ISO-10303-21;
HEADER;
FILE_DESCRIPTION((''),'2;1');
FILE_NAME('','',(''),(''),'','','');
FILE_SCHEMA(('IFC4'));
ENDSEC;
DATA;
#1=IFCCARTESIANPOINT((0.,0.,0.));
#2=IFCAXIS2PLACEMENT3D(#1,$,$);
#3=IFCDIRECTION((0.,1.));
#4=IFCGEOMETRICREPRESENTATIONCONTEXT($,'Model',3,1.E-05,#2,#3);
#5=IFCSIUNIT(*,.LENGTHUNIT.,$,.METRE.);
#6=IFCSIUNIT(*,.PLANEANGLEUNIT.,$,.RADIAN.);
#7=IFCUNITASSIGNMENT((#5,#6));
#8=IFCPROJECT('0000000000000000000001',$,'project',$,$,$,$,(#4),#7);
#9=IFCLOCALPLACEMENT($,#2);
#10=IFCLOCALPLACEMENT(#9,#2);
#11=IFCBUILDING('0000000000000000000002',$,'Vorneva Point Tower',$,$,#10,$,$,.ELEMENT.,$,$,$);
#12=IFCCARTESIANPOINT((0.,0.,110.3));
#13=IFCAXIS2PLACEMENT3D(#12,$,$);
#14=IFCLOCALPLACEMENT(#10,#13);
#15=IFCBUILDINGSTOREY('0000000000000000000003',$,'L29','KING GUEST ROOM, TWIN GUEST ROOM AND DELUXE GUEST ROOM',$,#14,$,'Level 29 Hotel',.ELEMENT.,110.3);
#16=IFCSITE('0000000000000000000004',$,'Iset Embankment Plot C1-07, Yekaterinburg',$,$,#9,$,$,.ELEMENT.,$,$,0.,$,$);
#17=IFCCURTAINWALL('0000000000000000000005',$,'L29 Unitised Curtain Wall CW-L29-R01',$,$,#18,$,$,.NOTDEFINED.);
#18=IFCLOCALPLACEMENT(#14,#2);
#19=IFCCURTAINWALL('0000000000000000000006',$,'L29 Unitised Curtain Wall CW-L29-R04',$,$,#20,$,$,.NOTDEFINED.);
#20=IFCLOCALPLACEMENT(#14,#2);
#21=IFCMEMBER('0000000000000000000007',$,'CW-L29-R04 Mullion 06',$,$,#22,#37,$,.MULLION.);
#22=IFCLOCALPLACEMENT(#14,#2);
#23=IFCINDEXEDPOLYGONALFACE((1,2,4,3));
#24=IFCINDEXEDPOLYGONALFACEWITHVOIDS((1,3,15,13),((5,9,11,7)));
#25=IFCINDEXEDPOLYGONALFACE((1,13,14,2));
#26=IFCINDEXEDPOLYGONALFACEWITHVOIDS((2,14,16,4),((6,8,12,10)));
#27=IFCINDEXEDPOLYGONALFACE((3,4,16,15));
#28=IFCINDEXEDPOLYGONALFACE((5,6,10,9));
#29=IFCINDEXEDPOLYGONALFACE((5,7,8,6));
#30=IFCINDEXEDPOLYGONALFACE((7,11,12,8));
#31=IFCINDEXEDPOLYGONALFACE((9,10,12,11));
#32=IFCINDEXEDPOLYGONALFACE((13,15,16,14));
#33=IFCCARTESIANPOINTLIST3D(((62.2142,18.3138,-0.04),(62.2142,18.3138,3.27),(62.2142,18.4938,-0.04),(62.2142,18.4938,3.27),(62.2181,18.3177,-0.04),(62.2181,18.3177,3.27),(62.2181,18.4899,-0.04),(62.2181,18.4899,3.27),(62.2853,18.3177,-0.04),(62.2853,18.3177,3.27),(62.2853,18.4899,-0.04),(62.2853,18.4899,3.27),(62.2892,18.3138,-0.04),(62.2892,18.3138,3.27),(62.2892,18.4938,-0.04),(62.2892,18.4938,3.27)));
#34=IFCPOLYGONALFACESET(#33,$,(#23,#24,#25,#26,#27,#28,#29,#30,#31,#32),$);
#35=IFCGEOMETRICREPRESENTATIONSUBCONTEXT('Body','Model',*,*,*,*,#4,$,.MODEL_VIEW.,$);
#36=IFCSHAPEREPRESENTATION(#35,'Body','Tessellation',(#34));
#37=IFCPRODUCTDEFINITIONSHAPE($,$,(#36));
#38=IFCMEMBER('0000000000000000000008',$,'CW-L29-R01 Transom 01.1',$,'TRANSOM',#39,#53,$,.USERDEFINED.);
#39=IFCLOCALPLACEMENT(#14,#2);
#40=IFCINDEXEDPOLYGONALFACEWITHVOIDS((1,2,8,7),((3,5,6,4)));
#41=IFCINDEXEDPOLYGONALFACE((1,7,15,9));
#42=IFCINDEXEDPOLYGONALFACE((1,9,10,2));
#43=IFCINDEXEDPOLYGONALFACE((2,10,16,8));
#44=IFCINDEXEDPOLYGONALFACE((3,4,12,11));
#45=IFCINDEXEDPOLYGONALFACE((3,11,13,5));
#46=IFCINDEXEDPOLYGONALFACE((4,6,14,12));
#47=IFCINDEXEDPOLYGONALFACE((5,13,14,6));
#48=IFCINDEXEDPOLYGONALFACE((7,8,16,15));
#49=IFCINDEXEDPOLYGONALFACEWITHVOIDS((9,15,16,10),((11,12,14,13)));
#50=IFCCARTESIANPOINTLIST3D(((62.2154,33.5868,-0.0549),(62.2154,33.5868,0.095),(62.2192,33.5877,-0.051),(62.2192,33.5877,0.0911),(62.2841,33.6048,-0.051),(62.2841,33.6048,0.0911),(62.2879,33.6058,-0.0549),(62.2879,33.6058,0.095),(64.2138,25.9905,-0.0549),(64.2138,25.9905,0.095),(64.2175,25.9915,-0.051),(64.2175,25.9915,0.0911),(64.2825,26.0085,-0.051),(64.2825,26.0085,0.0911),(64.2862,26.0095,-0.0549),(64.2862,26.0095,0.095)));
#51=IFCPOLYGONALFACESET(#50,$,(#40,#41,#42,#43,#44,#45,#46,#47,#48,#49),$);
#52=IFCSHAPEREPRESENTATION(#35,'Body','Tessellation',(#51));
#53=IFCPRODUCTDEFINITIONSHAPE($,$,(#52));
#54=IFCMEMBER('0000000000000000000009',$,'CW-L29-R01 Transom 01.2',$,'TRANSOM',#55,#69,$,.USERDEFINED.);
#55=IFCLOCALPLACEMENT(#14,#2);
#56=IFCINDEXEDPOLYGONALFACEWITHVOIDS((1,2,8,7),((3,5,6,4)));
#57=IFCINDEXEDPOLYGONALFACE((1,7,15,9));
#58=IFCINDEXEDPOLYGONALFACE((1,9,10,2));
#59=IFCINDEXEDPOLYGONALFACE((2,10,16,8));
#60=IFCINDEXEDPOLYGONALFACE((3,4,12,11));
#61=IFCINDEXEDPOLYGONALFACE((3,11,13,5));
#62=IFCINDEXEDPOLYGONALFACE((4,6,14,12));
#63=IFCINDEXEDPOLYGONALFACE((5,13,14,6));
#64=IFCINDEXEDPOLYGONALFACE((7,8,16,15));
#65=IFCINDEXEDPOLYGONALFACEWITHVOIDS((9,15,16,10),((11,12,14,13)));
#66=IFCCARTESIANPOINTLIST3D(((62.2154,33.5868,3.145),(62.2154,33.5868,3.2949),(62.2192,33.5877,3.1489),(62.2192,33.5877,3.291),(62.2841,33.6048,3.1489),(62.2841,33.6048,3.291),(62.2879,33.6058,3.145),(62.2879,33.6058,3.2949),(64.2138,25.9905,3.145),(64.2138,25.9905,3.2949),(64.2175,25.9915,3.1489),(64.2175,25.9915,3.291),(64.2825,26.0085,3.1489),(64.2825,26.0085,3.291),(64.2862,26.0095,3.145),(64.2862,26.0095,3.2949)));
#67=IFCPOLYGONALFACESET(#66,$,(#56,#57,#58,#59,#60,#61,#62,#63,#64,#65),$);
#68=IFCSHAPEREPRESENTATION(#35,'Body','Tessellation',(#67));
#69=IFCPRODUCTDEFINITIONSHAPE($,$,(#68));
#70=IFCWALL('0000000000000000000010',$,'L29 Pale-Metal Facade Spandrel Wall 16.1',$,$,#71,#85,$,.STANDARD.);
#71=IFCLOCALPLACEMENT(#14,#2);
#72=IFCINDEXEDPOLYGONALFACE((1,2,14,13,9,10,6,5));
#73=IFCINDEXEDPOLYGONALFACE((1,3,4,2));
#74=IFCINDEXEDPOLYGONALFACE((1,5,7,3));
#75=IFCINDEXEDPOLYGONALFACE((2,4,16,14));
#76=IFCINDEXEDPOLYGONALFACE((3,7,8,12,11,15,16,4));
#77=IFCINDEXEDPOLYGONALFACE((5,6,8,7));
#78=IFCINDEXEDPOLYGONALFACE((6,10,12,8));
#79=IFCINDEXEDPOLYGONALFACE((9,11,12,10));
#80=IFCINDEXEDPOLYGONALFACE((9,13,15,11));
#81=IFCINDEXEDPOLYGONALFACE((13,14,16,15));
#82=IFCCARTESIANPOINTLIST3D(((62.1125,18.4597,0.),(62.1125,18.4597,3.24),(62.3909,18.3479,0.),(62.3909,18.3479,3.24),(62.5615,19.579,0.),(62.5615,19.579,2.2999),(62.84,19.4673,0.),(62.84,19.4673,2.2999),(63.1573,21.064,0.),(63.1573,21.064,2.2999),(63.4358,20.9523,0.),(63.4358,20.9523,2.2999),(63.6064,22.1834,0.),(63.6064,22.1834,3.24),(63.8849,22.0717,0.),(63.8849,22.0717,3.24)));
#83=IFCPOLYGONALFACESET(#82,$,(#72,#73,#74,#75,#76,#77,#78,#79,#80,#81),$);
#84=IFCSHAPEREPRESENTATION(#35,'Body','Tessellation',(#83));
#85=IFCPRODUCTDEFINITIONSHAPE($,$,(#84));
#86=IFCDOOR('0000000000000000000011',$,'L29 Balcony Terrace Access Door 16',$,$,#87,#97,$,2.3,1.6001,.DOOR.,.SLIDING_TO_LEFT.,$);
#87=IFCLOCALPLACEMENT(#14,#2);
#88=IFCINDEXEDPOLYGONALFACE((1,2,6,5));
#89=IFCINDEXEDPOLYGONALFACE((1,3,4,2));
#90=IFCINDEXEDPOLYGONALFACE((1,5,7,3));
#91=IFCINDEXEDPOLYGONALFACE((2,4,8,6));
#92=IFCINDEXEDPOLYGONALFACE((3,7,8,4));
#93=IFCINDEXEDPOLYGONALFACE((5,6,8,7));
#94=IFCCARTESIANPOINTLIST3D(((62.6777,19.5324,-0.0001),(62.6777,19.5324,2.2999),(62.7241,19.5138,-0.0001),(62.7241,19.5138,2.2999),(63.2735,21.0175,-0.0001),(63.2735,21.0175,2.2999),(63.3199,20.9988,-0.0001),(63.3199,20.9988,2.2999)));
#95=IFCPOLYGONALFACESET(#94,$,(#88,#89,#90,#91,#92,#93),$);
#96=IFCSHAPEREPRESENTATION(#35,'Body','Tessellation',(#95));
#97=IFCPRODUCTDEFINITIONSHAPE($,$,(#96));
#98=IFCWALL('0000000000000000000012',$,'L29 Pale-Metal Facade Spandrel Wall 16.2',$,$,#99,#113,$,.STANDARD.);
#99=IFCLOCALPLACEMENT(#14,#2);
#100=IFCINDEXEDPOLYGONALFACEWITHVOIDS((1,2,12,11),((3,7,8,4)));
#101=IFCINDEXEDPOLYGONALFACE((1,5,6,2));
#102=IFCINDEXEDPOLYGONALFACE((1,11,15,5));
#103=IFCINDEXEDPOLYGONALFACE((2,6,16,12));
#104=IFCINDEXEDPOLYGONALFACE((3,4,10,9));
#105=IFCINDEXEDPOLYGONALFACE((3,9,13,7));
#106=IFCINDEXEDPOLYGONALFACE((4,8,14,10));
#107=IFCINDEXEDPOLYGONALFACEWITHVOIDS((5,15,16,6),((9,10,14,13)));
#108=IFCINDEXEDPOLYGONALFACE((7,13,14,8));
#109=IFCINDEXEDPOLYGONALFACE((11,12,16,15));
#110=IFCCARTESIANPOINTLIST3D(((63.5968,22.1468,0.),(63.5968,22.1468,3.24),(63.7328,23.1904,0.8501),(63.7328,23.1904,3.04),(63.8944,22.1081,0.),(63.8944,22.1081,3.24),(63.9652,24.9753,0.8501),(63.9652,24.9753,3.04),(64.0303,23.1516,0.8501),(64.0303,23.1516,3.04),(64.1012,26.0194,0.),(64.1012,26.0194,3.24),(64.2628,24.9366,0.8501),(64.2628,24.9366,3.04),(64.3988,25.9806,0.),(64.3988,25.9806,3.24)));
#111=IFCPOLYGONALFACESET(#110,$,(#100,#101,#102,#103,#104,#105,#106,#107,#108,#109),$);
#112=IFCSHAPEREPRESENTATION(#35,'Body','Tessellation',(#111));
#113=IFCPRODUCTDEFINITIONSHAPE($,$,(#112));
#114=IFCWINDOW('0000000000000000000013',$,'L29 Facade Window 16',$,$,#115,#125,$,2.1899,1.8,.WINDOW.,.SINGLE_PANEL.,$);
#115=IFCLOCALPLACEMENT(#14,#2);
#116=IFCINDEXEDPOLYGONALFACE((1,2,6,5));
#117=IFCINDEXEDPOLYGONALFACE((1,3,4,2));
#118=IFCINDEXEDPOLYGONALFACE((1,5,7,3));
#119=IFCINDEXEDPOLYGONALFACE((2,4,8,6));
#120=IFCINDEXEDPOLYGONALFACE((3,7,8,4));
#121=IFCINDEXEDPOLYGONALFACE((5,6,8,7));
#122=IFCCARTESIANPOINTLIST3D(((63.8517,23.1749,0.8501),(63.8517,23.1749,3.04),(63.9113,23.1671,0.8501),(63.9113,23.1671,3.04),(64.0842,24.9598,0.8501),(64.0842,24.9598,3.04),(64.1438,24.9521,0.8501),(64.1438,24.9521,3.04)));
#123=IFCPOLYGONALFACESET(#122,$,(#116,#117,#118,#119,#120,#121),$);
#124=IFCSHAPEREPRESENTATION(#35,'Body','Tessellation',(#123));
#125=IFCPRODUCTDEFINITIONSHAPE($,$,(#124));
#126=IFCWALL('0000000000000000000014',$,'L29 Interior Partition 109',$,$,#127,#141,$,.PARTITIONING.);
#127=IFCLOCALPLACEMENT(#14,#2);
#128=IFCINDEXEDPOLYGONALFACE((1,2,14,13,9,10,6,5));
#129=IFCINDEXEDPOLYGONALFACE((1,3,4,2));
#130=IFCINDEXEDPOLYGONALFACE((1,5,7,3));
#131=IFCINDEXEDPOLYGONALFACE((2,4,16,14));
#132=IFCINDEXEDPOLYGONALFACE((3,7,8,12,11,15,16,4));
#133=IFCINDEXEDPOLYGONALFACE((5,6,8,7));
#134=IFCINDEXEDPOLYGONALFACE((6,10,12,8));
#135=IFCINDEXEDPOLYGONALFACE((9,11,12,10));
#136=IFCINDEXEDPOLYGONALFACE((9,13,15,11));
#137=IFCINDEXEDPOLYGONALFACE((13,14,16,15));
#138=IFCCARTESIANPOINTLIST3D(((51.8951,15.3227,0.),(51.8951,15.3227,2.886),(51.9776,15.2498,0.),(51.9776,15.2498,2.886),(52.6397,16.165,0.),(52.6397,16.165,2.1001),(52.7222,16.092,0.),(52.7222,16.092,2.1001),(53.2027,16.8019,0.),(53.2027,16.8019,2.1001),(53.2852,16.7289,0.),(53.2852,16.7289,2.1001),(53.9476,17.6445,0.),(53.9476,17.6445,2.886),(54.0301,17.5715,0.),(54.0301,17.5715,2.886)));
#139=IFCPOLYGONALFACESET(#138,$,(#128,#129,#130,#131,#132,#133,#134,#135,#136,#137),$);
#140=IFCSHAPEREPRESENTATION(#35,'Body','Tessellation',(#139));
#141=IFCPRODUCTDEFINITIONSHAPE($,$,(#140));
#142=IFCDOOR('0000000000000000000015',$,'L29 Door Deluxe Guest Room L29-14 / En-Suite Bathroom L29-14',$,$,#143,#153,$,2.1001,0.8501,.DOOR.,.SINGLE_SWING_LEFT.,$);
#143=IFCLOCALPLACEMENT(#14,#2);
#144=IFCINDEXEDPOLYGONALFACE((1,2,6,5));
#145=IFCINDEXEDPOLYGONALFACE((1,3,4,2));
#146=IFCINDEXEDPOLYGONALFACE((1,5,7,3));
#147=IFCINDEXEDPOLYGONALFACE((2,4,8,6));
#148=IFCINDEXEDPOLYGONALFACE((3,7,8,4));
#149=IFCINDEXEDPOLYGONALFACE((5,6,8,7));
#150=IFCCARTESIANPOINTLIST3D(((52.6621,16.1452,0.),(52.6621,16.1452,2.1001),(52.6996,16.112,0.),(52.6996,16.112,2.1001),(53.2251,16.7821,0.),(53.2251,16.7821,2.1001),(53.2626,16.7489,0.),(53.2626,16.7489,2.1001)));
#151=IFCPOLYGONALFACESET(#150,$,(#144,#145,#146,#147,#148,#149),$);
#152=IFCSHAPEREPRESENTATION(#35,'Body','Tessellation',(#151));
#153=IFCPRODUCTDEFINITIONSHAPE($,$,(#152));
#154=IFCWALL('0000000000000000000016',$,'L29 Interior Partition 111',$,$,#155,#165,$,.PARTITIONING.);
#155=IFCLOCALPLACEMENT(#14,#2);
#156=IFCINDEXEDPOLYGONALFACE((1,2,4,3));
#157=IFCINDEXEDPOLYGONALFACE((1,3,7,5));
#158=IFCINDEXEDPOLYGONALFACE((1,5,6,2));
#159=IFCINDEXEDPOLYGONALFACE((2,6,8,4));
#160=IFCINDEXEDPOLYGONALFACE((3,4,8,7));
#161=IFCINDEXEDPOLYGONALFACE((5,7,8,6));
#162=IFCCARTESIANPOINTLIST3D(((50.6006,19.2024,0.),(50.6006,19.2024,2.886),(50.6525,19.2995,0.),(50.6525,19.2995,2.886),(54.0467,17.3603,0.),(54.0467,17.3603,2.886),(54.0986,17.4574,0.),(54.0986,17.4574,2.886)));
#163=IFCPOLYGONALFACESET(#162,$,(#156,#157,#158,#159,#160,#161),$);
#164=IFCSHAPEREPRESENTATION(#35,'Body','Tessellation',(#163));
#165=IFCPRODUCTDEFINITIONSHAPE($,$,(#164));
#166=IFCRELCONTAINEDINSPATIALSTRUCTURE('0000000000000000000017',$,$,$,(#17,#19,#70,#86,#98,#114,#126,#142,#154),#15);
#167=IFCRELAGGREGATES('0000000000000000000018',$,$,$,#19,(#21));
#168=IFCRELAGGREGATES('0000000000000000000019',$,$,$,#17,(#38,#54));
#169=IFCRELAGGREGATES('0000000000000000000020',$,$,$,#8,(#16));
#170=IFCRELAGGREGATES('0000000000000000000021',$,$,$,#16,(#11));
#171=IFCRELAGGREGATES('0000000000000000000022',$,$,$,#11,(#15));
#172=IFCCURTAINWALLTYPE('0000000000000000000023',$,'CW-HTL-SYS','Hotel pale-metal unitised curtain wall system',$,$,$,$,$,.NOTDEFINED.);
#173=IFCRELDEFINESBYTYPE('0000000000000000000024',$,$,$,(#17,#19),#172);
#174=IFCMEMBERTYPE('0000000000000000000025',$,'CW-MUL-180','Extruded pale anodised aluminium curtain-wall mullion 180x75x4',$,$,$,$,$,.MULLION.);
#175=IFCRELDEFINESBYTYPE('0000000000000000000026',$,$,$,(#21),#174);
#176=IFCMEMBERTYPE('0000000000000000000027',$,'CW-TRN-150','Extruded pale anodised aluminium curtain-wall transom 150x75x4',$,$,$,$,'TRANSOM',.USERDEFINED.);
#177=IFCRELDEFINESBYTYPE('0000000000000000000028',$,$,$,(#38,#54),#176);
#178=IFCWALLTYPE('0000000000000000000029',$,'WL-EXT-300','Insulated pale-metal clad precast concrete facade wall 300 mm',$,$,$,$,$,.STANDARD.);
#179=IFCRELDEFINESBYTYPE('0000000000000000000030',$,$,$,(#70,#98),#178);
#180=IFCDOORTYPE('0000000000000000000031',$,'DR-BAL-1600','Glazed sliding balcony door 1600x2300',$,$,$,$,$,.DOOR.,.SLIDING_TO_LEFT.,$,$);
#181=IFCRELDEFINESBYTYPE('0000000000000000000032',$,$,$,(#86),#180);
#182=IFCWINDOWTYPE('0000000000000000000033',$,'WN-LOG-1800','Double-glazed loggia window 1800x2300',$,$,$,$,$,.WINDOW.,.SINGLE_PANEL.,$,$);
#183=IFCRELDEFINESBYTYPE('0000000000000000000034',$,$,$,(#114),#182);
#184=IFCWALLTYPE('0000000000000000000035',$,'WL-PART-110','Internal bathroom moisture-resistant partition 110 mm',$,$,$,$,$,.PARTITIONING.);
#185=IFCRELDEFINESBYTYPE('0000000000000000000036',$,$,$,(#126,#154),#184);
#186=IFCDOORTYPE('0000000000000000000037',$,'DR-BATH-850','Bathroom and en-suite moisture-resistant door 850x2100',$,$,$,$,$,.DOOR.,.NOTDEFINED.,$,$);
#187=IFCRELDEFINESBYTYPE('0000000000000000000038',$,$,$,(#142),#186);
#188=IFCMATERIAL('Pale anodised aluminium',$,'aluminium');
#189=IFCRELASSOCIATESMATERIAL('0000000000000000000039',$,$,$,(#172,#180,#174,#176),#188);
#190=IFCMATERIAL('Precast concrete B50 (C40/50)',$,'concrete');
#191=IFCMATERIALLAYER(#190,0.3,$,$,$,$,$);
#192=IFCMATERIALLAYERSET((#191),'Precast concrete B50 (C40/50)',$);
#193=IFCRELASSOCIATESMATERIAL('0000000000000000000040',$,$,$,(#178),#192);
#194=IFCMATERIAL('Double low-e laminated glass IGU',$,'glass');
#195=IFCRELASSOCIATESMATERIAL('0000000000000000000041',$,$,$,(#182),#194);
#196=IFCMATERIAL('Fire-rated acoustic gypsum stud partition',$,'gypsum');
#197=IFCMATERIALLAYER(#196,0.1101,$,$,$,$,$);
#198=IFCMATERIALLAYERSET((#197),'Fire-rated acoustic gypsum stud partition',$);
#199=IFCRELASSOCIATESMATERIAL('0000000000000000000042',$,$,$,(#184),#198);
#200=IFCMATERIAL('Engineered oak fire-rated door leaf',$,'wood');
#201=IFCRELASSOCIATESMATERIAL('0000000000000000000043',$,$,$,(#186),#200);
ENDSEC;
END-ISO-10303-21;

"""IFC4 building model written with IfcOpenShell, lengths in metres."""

from ifc_helpers import new_model, si_unit, direction, frame, frame_2d, origin, origin_2d, place, context, subcontext, project, spatial, rectangle, hollow_rectangle, extrude, material, layer, layer_set, material_profile, profile_set, type_object, element, fill, aggregate, save


model = new_model("IFC4")

# Units and contexts
model_context = context("Model", 3, precision=1e-05, world=origin(), true_north=direction((0.0, 1.0)))
body_context = subcontext(model_context, "Body", "Model", "MODEL_VIEW")
ifc_project = project(units=[si_unit("LENGTHUNIT", "METRE"), si_unit("PLANEANGLEUNIT", "RADIAN")], contexts=[model_context])

# Site, building, storey
site_placement = place(None, origin())
site = spatial("IfcSite", under=ifc_project, at=site_placement, Name="Iset Embankment Plot C1-07, Yekaterinburg", CompositionType="ELEMENT", RefElevation=0.0)
building_placement = place(site_placement, origin())
building = spatial("IfcBuilding", under=site, at=building_placement, Name="Vorneva Point Tower", CompositionType="ELEMENT")
storey_placement = place(building_placement, frame((0.0, 0.0, 110.3)))
storey = spatial("IfcBuildingStorey", under=building, at=storey_placement, Name="L29", Description="KING GUEST ROOM, TWIN GUEST ROOM AND DELUXE GUEST ROOM", LongName="Level 29 Hotel", CompositionType="ELEMENT", Elevation=110.3)

# Curtain walls, member
ifc_material_1 = material(Name="Pale anodised aluminium", Category="aluminium")
curtain_wall_type = type_object("IfcCurtainWallType", Name="CW-HTL-SYS", Description="Hotel pale-metal unitised curtain wall system", PredefinedType="NOTDEFINED", material=ifc_material_1)
curtain_wall_1_placement = place(storey_placement, origin())
curtain_wall_1 = element("IfcCurtainWall", 1, at=curtain_wall_1_placement, inside=storey, type_object=curtain_wall_type, Name="L29 Unitised Curtain Wall CW-L29-R01", PredefinedType="NOTDEFINED")
ifc_material_profile_1 = material_profile(ifc_material_1, hollow_rectangle(XDim=0.075, YDim=0.1799, WallThickness=0.0039, at=origin_2d()), Name="AL-MUL 180x75x4")
ifc_profile_set_1 = profile_set([ifc_material_profile_1], Name="Pale anodised aluminium")
member_type_1 = type_object("IfcMemberType", Name="CW-MUL-180", Description="Extruded pale anodised aluminium curtain-wall mullion 180x75x4", PredefinedType="MULLION", material=ifc_profile_set_1)
curtain_wall_2_placement = place(storey_placement, origin())
curtain_wall_2 = element("IfcCurtainWall", 2, at=curtain_wall_2_placement, inside=storey, type_object=curtain_wall_type, Name="L29 Unitised Curtain Wall CW-L29-R04", PredefinedType="NOTDEFINED")
member_1_placement = place(storey_placement, frame((62.2517, 18.4038, -0.04), z_axis=(0.0, 0.0, 1.0), x_axis=(1.0, 0.0, 0.0)))
member_1 = element("IfcMember", 3, at=member_1_placement, type_object=member_type_1, Name="CW-L29-R04 Mullion 06", PredefinedType="MULLION", context=body_context, shape_type="SweptSolid", body=[
    extrude(hollow_rectangle(XDim=0.075, YDim=0.1799, WallThickness=0.0039, at=origin_2d()), origin(), (0.0, 0.0, 1.0), 3.3101),
])
aggregate(curtain_wall_2, [member_1])

# Members
ifc_material_profile_2 = material_profile(ifc_material_1, hollow_rectangle(XDim=0.075, YDim=0.1499, WallThickness=0.0039, at=origin_2d()), Name="AL-TRN 150x75x4")
ifc_profile_set_2 = profile_set([ifc_material_profile_2], Name="Pale anodised aluminium")
member_type_2 = type_object("IfcMemberType", Name="CW-TRN-150", Description="Extruded pale anodised aluminium curtain-wall transom 150x75x4", ElementType="TRANSOM", PredefinedType="USERDEFINED", material=ifc_profile_set_2)
member_2_placement = place(storey_placement, frame((64.25, 26.0, 0.02), z_axis=(-0.254409, 0.967097, 0.0), x_axis=(-0.967097, -0.254409, 0.0)))
member_2 = element("IfcMember", 4, at=member_2_placement, type_object=member_type_2, Name="CW-L29-R01 Transom 01.1", ObjectType="TRANSOM", PredefinedType="USERDEFINED", context=body_context, shape_type="SweptSolid", body=[
    extrude(hollow_rectangle(XDim=0.075, YDim=0.1499, WallThickness=0.0039, at=origin_2d()), origin(), (0.0, 0.0, 1.0), 7.8547),
])
member_3_placement = place(storey_placement, frame((64.25, 26.0, 3.22), z_axis=(-0.254409, 0.967097, 0.0), x_axis=(-0.967097, -0.254409, 0.0)))
member_3 = element("IfcMember", 5, at=member_3_placement, type_object=member_type_2, Name="CW-L29-R01 Transom 01.2", ObjectType="TRANSOM", PredefinedType="USERDEFINED", context=body_context, shape_type="SweptSolid", body=[
    extrude(hollow_rectangle(XDim=0.075, YDim=0.1499, WallThickness=0.0039, at=origin_2d()), origin(), (0.0, 0.0, 1.0), 7.8547),
])
aggregate(curtain_wall_1, [member_2, member_3])

# Wall, opening, door
ifc_material_2 = material(Name="Precast concrete B50 (C40/50)", Category="concrete")
ifc_layer_1 = layer(ifc_material_2, 0.3)
ifc_layer_set_1 = layer_set([ifc_layer_1], Name="Precast concrete B50 (C40/50)")
wall_type_1 = type_object("IfcWallType", Name="WL-EXT-300", Description="Insulated pale-metal clad precast concrete facade wall 300 mm", PredefinedType="STANDARD", material=ifc_layer_set_1)
wall_1_placement = place(storey_placement, frame((62.2517, 18.4038, 0.0), z_axis=(0.0, 0.0, 1.0), x_axis=(0.372345, 0.928094, 0.0)))
wall_1 = element("IfcWall", 6, at=wall_1_placement, inside=storey, type_object=wall_type_1, Name="L29 Pale-Metal Facade Spandrel Wall 16.1", PredefinedType="STANDARD", context=body_context, shape_type="SweptSolid", body=[
    extrude(rectangle(XDim=4.0122, YDim=0.3, at=frame_2d((2.0061, 0.0))), origin(), (0.0, 0.0, 1.0), 3.24),
])
opening_1_placement = place(wall_1_placement, frame((1.2061, 0.0, 0.0)))
opening_1 = element("IfcOpeningElement", 7, at=opening_1_placement, cuts=wall_1, PredefinedType="OPENING", context=body_context, shape_type="SweptSolid", body=[
    extrude(rectangle(XDim=1.6001, YDim=2.3, at=frame_2d((0.8, 1.1499))), frame((0.0, 0.165, 0.0), z_axis=(0.0, -1.0, 0.0), x_axis=(1.0, 0.0, 0.0)), (0.0, 0.0, 1.0), 0.3298),
])
door_type_1 = type_object("IfcDoorType", Name="DR-BAL-1600", Description="Glazed sliding balcony door 1600x2300", OperationType="SLIDING_TO_LEFT", PredefinedType="DOOR", material=ifc_material_1)
door_1_placement = place(opening_1_placement, origin())
door_1 = element("IfcDoor", 8, at=door_1_placement, inside=storey, type_object=door_type_1, Name="L29 Balcony Terrace Access Door 16", OperationType="SLIDING_TO_LEFT", OverallHeight=2.3, OverallWidth=1.6001, PredefinedType="DOOR", context=body_context, shape_type="SweptSolid", body=[
    extrude(rectangle(XDim=1.6001, YDim=2.3, at=frame_2d((0.8, 1.1499))), frame((0.0, 0.0249, 0.0), z_axis=(0.0, -1.0, 0.0), x_axis=(1.0, 0.0, 0.0)), (0.0, 0.0, 1.0), 0.05),
])
fill(opening_1, door_1)

# Wall, opening, window
wall_2_placement = place(storey_placement, frame((63.7456, 22.1274, 0.0), z_axis=(0.0, 0.0, 1.0), x_axis=(0.129157, 0.991624, 0.0)))
wall_2 = element("IfcWall", 9, at=wall_2_placement, inside=storey, type_object=wall_type_1, Name="L29 Pale-Metal Facade Spandrel Wall 16.2", PredefinedType="STANDARD", context=body_context, shape_type="SweptSolid", body=[
    extrude(rectangle(XDim=3.9053, YDim=0.3, at=frame_2d((1.9526, 0.0))), origin(), (0.0, 0.0, 1.0), 3.24),
])
opening_2_placement = place(wall_2_placement, frame((1.0525, 0.0, 0.8501)))
opening_2 = element("IfcOpeningElement", 10, at=opening_2_placement, cuts=wall_2, PredefinedType="OPENING", context=body_context, shape_type="SweptSolid", body=[
    extrude(rectangle(XDim=1.8, YDim=2.1899, at=frame_2d((0.8999, 1.095))), frame((0.0, 0.165, 0.0), z_axis=(0.0, -1.0, 0.0), x_axis=(1.0, 0.0, 0.0)), (0.0, 0.0, 1.0), 0.3298),
])
ifc_material_3 = material(Name="Double low-e laminated glass IGU", Category="glass")
window_type = type_object("IfcWindowType", Name="WN-LOG-1800", Description="Double-glazed loggia window 1800x2300", PartitioningType="SINGLE_PANEL", PredefinedType="WINDOW", material=ifc_material_3)
window_placement = place(opening_2_placement, origin())
window = element("IfcWindow", 11, at=window_placement, inside=storey, type_object=window_type, Name="L29 Facade Window 16", OverallHeight=2.1899, OverallWidth=1.8, PartitioningType="SINGLE_PANEL", PredefinedType="WINDOW", context=body_context, shape_type="SweptSolid", body=[
    extrude(rectangle(XDim=1.8, YDim=2.1899, at=frame_2d((0.8999, 1.095))), frame((0.0, 0.03, 0.0), z_axis=(0.0, -1.0, 0.0), x_axis=(1.0, 0.0, 0.0)), (0.0, 0.0, 1.0), 0.0601),
])
fill(opening_2, window)

# Wall, opening, door
ifc_material_4 = material(Name="Fire-rated acoustic gypsum stud partition", Category="gypsum")
ifc_layer_2 = layer(ifc_material_4, 0.1101)
ifc_layer_set_2 = layer_set([ifc_layer_2], Name="Fire-rated acoustic gypsum stud partition")
wall_type_2 = type_object("IfcWallType", Name="WL-PART-110", Description="Internal bathroom moisture-resistant partition 110 mm", PredefinedType="PARTITIONING", material=ifc_layer_set_2)
wall_3_placement = place(storey_placement, frame((53.9888, 17.6079, 0.0), z_axis=(0.0, 0.0, 1.0), x_axis=(-0.662322, -0.749219, 0.0)))
wall_3 = element("IfcWall", 12, at=wall_3_placement, inside=storey, type_object=wall_type_2, Name="L29 Interior Partition 109", PredefinedType="PARTITIONING", context=body_context, shape_type="SweptSolid", body=[
    extrude(rectangle(XDim=3.0989, YDim=0.1101, at=frame_2d((1.5493, 0.0))), origin(), (0.0, 0.0, 1.0), 2.886),
])
opening_3_placement = place(wall_3_placement, frame((1.1245, 0.0, 0.0)))
opening_3 = element("IfcOpeningElement", 13, at=opening_3_placement, cuts=wall_3, PredefinedType="OPENING", context=body_context, shape_type="SweptSolid", body=[
    extrude(rectangle(XDim=0.8501, YDim=2.1001, at=frame_2d((0.425, 1.05))), frame((0.0, 0.0698, 0.0), z_axis=(0.0, -1.0, 0.0), x_axis=(1.0, 0.0, 0.0)), (0.0, 0.0, 1.0), 0.1399),
])
ifc_material_5 = material(Name="Engineered oak fire-rated door leaf", Category="wood")
door_type_2 = type_object("IfcDoorType", Name="DR-BATH-850", Description="Bathroom and en-suite moisture-resistant door 850x2100", OperationType="NOTDEFINED", PredefinedType="DOOR", material=ifc_material_5)
door_2_placement = place(opening_3_placement, origin())
door_2 = element("IfcDoor", 14, at=door_2_placement, inside=storey, type_object=door_type_2, Name="L29 Door Deluxe Guest Room L29-14 / En-Suite Bathroom L29-14", OperationType="SINGLE_SWING_LEFT", OverallHeight=2.1001, OverallWidth=0.8501, PredefinedType="DOOR", context=body_context, shape_type="SweptSolid", body=[
    extrude(rectangle(XDim=0.8501, YDim=2.1001, at=frame_2d((0.425, 1.05))), frame((0.0, 0.0249, 0.0), z_axis=(0.0, -1.0, 0.0), x_axis=(1.0, 0.0, 0.0)), (0.0, 0.0, 1.0), 0.05),
])
fill(opening_3, door_2)

# Wall
wall_4_placement = place(storey_placement, frame((54.0725, 17.4089, 0.0), z_axis=(0.0, 0.0, 1.0), x_axis=(-0.881912, 0.471415, 0.0)))
element("IfcWall", 15, at=wall_4_placement, inside=storey, type_object=wall_type_2, Name="L29 Interior Partition 111", PredefinedType="PARTITIONING", context=body_context, shape_type="SweptSolid", body=[
    extrude(rectangle(XDim=3.9075, YDim=0.1101, at=frame_2d((1.9536, 0.0))), origin(), (0.0, 0.0, 1.0), 2.886),
])

save(model, "model.ifc")
